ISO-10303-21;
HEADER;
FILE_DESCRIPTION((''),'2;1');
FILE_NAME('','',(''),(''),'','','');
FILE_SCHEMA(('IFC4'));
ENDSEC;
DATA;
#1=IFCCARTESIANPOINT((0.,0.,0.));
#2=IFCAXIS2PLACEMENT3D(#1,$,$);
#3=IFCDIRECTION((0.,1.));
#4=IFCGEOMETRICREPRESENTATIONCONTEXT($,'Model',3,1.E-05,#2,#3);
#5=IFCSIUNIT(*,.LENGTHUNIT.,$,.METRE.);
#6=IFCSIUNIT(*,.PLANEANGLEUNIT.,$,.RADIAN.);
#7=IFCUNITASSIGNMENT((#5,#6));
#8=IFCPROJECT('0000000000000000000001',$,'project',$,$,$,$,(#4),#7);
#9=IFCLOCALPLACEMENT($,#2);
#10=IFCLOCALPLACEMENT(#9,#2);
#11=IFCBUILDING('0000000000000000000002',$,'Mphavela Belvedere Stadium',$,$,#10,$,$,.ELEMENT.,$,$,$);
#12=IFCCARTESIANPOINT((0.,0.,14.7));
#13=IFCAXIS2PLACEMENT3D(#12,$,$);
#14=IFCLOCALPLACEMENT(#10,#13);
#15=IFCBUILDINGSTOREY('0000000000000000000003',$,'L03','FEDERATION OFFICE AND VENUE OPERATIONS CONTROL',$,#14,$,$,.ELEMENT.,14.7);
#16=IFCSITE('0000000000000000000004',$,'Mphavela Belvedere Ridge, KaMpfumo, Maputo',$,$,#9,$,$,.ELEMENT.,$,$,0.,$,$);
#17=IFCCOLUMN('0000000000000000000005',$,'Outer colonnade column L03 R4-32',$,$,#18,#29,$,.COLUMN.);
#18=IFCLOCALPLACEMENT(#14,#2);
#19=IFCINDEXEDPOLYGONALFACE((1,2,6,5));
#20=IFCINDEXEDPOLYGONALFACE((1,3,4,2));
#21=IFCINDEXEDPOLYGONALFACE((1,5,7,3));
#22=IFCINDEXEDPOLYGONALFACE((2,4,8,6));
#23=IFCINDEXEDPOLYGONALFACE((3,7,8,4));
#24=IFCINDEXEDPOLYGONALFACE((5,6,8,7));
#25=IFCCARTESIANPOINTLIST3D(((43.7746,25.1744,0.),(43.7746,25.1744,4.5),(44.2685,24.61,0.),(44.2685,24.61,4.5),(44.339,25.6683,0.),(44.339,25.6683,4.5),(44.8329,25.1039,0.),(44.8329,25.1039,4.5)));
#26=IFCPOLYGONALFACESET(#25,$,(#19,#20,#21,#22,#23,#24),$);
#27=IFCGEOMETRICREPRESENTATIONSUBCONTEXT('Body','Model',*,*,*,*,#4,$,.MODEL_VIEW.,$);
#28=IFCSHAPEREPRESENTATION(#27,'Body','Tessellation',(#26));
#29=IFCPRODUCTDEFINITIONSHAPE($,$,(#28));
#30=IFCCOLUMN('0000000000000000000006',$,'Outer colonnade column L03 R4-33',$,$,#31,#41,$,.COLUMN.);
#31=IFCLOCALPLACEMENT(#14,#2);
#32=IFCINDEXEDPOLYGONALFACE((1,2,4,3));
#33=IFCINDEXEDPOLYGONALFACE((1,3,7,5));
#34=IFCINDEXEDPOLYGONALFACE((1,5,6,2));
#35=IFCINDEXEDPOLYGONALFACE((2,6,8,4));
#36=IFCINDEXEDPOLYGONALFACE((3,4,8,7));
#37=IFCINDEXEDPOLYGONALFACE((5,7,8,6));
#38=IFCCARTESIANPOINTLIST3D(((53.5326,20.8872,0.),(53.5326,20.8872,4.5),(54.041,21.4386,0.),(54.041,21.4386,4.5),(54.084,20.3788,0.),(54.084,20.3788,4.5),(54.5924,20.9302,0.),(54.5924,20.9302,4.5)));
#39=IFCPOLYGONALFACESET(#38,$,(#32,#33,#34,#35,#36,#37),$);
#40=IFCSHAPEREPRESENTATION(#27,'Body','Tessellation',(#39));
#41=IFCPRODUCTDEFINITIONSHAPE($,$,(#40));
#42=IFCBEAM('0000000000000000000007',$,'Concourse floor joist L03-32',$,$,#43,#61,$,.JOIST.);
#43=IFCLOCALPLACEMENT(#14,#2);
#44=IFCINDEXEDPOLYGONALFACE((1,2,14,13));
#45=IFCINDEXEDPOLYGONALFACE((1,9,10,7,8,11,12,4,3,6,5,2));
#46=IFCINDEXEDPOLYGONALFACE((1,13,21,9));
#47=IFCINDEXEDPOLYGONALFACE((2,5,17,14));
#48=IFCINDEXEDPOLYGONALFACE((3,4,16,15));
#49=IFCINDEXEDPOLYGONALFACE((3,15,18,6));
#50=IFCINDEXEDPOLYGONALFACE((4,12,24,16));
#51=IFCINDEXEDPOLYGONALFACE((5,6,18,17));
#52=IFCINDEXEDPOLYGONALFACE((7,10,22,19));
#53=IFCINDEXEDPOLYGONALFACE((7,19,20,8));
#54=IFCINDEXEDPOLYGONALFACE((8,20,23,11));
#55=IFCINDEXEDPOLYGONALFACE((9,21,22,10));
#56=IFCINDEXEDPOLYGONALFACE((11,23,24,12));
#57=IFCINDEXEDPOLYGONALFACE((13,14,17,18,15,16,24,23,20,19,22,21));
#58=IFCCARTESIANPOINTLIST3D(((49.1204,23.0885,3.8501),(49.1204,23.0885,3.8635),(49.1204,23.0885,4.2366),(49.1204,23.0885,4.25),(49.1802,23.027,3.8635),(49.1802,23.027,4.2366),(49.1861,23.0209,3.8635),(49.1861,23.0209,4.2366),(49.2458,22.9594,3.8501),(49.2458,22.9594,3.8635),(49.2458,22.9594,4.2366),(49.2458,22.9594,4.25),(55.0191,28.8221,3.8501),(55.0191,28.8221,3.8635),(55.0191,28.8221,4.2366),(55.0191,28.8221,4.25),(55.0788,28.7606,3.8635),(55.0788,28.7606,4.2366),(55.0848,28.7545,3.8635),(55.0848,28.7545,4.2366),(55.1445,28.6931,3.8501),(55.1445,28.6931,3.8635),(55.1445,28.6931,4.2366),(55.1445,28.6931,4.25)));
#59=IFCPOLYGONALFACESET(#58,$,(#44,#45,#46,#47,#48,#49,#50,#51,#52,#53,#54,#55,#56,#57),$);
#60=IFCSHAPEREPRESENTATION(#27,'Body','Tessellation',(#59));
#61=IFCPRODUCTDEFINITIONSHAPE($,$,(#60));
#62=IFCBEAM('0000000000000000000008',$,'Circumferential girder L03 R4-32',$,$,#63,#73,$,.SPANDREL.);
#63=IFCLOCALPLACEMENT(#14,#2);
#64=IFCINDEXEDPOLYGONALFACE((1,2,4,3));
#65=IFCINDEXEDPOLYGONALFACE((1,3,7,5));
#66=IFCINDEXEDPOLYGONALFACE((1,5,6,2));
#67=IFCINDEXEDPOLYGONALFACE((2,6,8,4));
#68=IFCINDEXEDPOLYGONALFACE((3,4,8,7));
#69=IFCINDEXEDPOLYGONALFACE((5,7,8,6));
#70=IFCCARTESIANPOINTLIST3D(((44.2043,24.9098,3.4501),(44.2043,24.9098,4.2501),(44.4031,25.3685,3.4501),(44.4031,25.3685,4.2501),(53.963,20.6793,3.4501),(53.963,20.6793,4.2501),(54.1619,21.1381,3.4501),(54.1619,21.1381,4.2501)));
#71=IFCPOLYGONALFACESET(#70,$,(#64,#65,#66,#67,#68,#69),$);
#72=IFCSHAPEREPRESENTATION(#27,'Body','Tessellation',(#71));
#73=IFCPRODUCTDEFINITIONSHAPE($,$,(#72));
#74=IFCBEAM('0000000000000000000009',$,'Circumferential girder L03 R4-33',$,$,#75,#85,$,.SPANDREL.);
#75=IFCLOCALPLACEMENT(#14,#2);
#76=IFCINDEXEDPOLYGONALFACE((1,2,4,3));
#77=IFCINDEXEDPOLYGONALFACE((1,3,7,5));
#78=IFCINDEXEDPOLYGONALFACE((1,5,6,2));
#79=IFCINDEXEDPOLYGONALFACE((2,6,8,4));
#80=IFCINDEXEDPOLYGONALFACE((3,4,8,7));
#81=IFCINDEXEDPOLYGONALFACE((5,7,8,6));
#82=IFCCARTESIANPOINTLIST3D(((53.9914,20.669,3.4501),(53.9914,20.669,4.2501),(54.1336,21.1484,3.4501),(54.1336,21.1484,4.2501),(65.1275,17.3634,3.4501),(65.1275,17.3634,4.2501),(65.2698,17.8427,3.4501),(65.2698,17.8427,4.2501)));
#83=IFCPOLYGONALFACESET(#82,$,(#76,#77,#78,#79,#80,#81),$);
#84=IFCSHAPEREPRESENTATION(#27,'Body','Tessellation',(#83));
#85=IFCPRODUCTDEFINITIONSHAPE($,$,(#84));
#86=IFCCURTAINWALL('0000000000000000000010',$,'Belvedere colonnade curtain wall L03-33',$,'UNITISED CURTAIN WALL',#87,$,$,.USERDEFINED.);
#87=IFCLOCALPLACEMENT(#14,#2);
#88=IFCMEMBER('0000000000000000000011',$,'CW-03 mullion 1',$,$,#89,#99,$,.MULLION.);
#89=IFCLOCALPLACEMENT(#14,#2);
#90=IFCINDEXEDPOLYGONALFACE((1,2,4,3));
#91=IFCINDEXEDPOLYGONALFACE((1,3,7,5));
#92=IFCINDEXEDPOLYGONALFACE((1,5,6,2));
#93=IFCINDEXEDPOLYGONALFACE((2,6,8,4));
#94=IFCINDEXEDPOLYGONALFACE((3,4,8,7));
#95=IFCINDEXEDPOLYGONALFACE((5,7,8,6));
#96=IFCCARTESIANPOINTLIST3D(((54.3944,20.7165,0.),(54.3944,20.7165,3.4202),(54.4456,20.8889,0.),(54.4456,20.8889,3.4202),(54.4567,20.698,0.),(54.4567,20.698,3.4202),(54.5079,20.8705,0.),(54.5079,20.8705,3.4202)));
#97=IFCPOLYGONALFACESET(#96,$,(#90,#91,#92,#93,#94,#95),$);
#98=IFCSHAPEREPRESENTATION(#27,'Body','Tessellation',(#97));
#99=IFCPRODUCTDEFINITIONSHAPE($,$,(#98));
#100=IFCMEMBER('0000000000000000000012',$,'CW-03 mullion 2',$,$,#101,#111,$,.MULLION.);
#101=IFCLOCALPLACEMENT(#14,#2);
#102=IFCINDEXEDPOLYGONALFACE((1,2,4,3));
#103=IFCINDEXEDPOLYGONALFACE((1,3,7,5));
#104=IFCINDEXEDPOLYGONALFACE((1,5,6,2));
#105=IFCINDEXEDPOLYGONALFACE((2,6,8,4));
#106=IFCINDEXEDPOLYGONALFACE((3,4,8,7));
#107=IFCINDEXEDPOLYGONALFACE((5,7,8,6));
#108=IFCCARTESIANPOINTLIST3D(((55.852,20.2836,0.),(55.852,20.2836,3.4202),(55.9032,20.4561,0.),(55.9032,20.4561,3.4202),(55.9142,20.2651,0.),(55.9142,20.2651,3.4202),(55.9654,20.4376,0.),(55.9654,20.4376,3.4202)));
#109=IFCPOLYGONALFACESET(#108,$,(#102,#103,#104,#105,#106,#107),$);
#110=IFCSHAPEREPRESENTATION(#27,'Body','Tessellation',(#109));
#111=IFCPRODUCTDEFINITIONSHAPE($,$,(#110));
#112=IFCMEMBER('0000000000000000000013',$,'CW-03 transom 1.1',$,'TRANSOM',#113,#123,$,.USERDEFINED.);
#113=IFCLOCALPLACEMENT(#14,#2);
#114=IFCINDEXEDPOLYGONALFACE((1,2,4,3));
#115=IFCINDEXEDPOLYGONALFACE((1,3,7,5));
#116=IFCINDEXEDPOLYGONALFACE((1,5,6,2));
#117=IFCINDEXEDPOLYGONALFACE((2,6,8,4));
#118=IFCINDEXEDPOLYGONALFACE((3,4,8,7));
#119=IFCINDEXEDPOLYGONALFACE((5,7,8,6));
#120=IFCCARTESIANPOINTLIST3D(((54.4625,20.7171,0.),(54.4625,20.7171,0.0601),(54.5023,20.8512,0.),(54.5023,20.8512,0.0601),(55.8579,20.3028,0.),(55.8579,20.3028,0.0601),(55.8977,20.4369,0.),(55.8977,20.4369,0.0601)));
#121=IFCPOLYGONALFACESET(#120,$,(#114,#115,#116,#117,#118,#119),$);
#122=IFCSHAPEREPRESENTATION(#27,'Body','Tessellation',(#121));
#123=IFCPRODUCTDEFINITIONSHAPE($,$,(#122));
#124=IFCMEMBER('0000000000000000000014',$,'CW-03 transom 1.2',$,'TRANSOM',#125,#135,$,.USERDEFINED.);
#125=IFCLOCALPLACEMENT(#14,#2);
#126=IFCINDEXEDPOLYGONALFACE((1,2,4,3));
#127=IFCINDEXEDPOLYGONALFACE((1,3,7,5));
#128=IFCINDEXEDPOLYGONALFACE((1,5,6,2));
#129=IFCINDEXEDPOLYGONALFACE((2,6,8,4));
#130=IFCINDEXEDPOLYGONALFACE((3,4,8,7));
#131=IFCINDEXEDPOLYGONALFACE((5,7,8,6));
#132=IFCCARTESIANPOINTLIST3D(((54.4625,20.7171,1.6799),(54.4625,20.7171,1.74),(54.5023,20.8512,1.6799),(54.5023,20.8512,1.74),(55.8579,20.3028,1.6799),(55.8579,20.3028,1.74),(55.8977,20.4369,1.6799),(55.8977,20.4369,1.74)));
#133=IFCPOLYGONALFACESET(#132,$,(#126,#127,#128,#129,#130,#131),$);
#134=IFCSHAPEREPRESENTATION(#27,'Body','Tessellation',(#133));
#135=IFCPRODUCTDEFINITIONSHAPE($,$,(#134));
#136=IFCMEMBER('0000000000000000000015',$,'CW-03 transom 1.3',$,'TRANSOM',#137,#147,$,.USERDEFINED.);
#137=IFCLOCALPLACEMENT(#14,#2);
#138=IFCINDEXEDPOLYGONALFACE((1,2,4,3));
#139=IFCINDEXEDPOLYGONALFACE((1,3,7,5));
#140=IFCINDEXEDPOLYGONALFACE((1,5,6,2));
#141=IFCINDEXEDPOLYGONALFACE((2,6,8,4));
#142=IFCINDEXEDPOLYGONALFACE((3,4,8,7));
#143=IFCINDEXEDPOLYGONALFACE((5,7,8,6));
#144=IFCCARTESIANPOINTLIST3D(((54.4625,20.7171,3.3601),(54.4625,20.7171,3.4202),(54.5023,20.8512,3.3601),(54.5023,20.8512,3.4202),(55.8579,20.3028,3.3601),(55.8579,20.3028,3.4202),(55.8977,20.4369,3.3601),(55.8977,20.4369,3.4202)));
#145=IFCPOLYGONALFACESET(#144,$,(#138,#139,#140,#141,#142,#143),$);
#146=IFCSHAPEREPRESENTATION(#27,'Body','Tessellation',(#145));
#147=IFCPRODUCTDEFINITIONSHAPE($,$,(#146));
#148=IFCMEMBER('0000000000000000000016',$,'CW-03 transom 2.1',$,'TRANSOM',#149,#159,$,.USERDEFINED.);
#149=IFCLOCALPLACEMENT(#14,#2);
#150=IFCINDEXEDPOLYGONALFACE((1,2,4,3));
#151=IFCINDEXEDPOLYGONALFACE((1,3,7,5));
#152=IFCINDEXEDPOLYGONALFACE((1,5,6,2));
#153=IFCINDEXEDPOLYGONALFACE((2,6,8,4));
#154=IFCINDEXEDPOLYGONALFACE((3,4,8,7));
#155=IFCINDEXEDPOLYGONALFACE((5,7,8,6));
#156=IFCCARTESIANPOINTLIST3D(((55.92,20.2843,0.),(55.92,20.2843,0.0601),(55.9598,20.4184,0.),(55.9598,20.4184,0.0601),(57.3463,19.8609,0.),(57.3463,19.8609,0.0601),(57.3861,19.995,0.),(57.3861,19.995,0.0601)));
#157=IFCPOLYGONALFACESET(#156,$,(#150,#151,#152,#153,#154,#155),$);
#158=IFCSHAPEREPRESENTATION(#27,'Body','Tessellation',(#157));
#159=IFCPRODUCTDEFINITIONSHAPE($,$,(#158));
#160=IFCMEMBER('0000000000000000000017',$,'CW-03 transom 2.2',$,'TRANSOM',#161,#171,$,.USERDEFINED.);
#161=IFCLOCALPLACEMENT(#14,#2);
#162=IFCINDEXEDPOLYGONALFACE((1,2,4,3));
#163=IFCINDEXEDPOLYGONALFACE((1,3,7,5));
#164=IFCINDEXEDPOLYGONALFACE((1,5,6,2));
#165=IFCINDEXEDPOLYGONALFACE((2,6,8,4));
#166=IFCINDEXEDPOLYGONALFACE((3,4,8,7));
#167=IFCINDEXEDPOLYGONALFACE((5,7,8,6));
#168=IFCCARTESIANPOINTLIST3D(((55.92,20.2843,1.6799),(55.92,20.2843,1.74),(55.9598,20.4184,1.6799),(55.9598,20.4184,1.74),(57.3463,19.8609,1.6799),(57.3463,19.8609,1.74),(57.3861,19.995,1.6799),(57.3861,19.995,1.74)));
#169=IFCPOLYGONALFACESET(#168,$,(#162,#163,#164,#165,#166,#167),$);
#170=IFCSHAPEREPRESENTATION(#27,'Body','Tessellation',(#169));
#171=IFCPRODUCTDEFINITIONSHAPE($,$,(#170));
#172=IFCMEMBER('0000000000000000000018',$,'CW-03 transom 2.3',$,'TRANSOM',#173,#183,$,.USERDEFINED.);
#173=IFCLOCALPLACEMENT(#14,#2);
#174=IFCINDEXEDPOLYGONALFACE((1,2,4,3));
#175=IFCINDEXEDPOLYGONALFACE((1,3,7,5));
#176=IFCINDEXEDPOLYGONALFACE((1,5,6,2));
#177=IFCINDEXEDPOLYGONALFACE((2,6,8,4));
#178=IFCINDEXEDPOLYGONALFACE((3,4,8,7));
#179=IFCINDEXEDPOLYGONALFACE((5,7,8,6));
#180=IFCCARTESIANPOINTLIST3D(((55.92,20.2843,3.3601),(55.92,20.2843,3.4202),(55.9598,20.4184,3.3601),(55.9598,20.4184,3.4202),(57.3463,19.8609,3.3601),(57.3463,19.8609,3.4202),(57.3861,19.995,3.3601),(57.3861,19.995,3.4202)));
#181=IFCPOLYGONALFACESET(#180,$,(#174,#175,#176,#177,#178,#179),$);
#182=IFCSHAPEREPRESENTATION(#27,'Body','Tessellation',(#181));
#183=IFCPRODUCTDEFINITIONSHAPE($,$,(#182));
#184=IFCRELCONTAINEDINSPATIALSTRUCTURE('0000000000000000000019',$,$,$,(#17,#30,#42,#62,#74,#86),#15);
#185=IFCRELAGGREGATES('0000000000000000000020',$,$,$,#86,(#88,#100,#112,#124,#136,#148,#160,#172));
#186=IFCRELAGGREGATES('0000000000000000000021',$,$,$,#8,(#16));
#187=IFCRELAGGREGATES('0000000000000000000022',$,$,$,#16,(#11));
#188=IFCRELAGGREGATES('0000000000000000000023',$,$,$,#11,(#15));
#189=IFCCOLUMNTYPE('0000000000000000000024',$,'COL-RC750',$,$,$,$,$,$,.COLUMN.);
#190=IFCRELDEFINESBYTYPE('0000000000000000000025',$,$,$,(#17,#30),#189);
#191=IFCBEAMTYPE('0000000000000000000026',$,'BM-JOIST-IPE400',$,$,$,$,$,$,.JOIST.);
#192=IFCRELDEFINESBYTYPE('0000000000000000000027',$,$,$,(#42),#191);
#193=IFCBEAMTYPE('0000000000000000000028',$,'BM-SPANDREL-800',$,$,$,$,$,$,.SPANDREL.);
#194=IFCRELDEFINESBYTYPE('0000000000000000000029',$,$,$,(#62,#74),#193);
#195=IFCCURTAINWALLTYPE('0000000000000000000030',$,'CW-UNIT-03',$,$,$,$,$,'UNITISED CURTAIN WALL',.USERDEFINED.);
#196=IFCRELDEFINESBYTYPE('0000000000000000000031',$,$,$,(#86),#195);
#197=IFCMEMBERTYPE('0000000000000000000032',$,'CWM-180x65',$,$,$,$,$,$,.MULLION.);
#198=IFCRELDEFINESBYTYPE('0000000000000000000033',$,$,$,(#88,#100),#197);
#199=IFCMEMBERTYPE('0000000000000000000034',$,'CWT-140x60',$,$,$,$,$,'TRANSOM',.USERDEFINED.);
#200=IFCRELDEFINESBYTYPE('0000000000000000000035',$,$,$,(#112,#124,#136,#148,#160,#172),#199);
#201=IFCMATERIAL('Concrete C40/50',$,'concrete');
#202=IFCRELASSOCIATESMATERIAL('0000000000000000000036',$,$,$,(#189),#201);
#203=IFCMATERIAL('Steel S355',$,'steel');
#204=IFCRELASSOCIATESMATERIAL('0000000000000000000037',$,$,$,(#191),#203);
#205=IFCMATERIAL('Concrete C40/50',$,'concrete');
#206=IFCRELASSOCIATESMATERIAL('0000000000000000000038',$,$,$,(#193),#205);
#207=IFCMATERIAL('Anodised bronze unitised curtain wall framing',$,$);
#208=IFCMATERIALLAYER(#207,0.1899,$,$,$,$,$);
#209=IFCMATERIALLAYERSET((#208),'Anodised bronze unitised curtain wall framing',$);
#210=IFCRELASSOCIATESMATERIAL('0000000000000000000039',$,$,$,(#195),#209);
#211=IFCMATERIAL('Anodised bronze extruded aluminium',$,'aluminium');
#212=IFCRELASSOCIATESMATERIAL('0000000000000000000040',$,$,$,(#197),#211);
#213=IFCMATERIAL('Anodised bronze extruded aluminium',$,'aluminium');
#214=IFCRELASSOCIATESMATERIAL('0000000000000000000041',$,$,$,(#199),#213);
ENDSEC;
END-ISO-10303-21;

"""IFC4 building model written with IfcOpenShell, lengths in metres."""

from ifc_helpers import new_model, si_unit, direction, frame, origin, origin_2d, place, context, subcontext, project, spatial, rectangle, i_section, extrude, material, layer, layer_set, material_profile, profile_set, type_object, element, aggregate, save


model = new_model("IFC4")

# Units and contexts
model_context = context("Model", 3, precision=1e-05, world=origin(), true_north=direction((0.0, 1.0)))
body_context = subcontext(model_context, "Body", "Model", "MODEL_VIEW")
ifc_project = project(units=[si_unit("LENGTHUNIT", "METRE"), si_unit("PLANEANGLEUNIT", "RADIAN")], contexts=[model_context])

# Site, building, storey
site_placement = place(None, origin())
site = spatial("IfcSite", under=ifc_project, at=site_placement, Name="Mphavela Belvedere Ridge, KaMpfumo, Maputo", CompositionType="ELEMENT", RefElevation=0.0)
building_placement = place(site_placement, origin())
building = spatial("IfcBuilding", under=site, at=building_placement, Name="Mphavela Belvedere Stadium", CompositionType="ELEMENT")
storey_placement = place(building_placement, frame((0.0, 0.0, 14.7)))
storey = spatial("IfcBuildingStorey", under=building, at=storey_placement, Name="L03", Description="FEDERATION OFFICE AND VENUE OPERATIONS CONTROL", CompositionType="ELEMENT", Elevation=14.7)

# Columns
ifc_material_1 = material(Name="Concrete C40/50", Category="concrete")
ifc_material_profile_1 = material_profile(ifc_material_1, rectangle(XDim=0.75, YDim=0.75, at=origin_2d()), Name="RC 750x750")
ifc_profile_set_1 = profile_set([ifc_material_profile_1], Name="Concrete C40/50")
column_type = type_object("IfcColumnType", Name="COL-RC750", PredefinedType="COLUMN", material=ifc_profile_set_1)
for number, where, z_axis, x_axis, name in (
    (1, (44.3037, 25.1392, 0.0), (0.0, 0.0, 1.0), (-0.75253, -0.658558, 0.0), "Outer colonnade column L03 R4-32"),
    (2, (54.0625, 20.9087, 0.0), (0.0, 0.0, 1.0), (-0.677903, -0.735151, 0.0), "Outer colonnade column L03 R4-33"),
):
    element("IfcColumn", number, at=place(storey_placement, frame(where, z_axis=z_axis, x_axis=x_axis)), inside=storey, type_object=column_type, Name=name, PredefinedType="COLUMN", context=body_context, shape_type="SweptSolid", body=[
        extrude(rectangle(XDim=0.75, YDim=0.75, at=origin_2d()), origin(), (0.0, 0.0, 1.0), 4.5),
    ])

# Beams
ifc_material_2 = material(Name="Steel S355", Category="steel")
ifc_material_profile_2 = material_profile(ifc_material_2, i_section(OverallWidth=0.1799, OverallDepth=0.3999, WebThickness=0.0085, FlangeThickness=0.0134, at=origin_2d()), Name="IPE 400")
ifc_profile_set_2 = profile_set([ifc_material_profile_2], Name="Steel S355")
beam_type_1 = type_object("IfcBeamType", Name="BM-JOIST-IPE400", PredefinedType="JOIST", material=ifc_profile_set_2)
beam_1_placement = place(storey_placement, frame((55.0818, 28.7576, 4.05), z_axis=(-0.717067, -0.697004, 0.0), x_axis=(0.697004, -0.717067, 0.0)))
element("IfcBeam", 3, at=beam_1_placement, inside=storey, type_object=beam_type_1, Name="Concourse floor joist L03-32", PredefinedType="JOIST", context=body_context, shape_type="SweptSolid", body=[
    extrude(i_section(OverallWidth=0.1799, OverallDepth=0.3999, WebThickness=0.0085, FlangeThickness=0.0134, at=origin_2d()), origin(), (0.0, 0.0, 1.0), 8.2261),
])
ifc_material_3 = material(Name="Concrete C40/50", Category="concrete")
ifc_material_profile_3 = material_profile(ifc_material_3, rectangle(XDim=0.5, YDim=0.8, at=origin_2d()), Name="RC 500x800")
ifc_profile_set_3 = profile_set([ifc_material_profile_3], Name="Concrete C40/50")
beam_type_2 = type_object("IfcBeamType", Name="BM-SPANDREL-800", PredefinedType="SPANDREL", material=ifc_profile_set_3)
beam_2_placement = place(storey_placement, frame((44.3037, 25.1392, 3.8501), z_axis=(0.917499, -0.397739, 0.0), x_axis=(0.397739, 0.917499, 0.0)))
element("IfcBeam", 4, at=beam_2_placement, inside=storey, type_object=beam_type_2, Name="Circumferential girder L03 R4-32", PredefinedType="SPANDREL", context=body_context, shape_type="SweptSolid", body=[
    extrude(rectangle(XDim=0.5, YDim=0.8, at=origin_2d()), origin(), (0.0, 0.0, 1.0), 10.6362),
])
beam_3_placement = place(storey_placement, frame((54.0625, 20.9087, 3.8501), z_axis=(0.958656, -0.284566, 0.0), x_axis=(0.284566, 0.958656, 0.0)))
element("IfcBeam", 5, at=beam_3_placement, inside=storey, type_object=beam_type_2, Name="Circumferential girder L03 R4-33", PredefinedType="SPANDREL", context=body_context, shape_type="SweptSolid", body=[
    extrude(rectangle(XDim=0.5, YDim=0.8, at=origin_2d()), origin(), (0.0, 0.0, 1.0), 11.6165),
])

# Curtain wall, members
ifc_material_4 = material(Name="Anodised bronze unitised curtain wall framing")
ifc_layer_1 = layer(ifc_material_4, 0.1899)
ifc_layer_set_1 = layer_set([ifc_layer_1], Name="Anodised bronze unitised curtain wall framing")
curtain_wall_type = type_object("IfcCurtainWallType", Name="CW-UNIT-03", ElementType="UNITISED CURTAIN WALL", PredefinedType="USERDEFINED", material=ifc_layer_set_1)
curtain_wall_placement = place(storey_placement, origin())
curtain_wall = element("IfcCurtainWall", 6, at=curtain_wall_placement, inside=storey, type_object=curtain_wall_type, Name="Belvedere colonnade curtain wall L03-33", ObjectType="UNITISED CURTAIN WALL", PredefinedType="USERDEFINED")
ifc_material_5 = material(Name="Anodised bronze extruded aluminium", Category="aluminium")
ifc_material_profile_4 = material_profile(ifc_material_5, rectangle(XDim=0.1799, YDim=0.0649, at=origin_2d()), Name="CW-MUL 180x65")
ifc_profile_set_4 = profile_set([ifc_material_profile_4], Name="Anodised bronze extruded aluminium")
member_type_1 = type_object("IfcMemberType", Name="CWM-180x65", PredefinedType="MULLION", material=ifc_profile_set_4)
member_1_placement = place(storey_placement, frame((54.4512, 20.7935, 0.0), z_axis=(0.0, 0.0, 1.0), x_axis=(0.284565, 0.958657, 0.0)))
member_1 = element("IfcMember", 7, at=member_1_placement, type_object=member_type_1, Name="CW-03 mullion 1", PredefinedType="MULLION", context=body_context, shape_type="SweptSolid", body=[
    extrude(rectangle(XDim=0.1799, YDim=0.0649, at=origin_2d()), origin(), (0.0, 0.0, 1.0), 3.4202),
])
member_2_placement = place(storey_placement, frame((55.9087, 20.3606, 0.0), z_axis=(0.0, 0.0, 1.0), x_axis=(0.284565, 0.958657, 0.0)))
member_2 = element("IfcMember", 8, at=member_2_placement, type_object=member_type_1, Name="CW-03 mullion 2", PredefinedType="MULLION", context=body_context, shape_type="SweptSolid", body=[
    extrude(rectangle(XDim=0.1799, YDim=0.0649, at=origin_2d()), origin(), (0.0, 0.0, 1.0), 3.4202),
])
ifc_material_6 = material(Name="Anodised bronze extruded aluminium", Category="aluminium")
ifc_material_profile_5 = material_profile(ifc_material_6, rectangle(XDim=0.1399, YDim=0.0601, at=origin_2d()), Name="CW-TRN 140x60")
ifc_profile_set_5 = profile_set([ifc_material_profile_5], Name="Anodised bronze extruded aluminium")
member_type_2 = type_object("IfcMemberType", Name="CWT-140x60", ElementType="TRANSOM", PredefinedType="USERDEFINED", material=ifc_profile_set_5)
member_3_placement = place(storey_placement, frame((54.4824, 20.7842, 0.03), z_axis=(0.95863, -0.284654, 0.0), x_axis=(0.284654, 0.95863, 0.0)))
member_3 = element("IfcMember", 9, at=member_3_placement, type_object=member_type_2, Name="CW-03 transom 1.1", ObjectType="TRANSOM", PredefinedType="USERDEFINED", context=body_context, shape_type="SweptSolid", body=[
    extrude(rectangle(XDim=0.1399, YDim=0.0601, at=origin_2d()), origin(), (0.0, 0.0, 1.0), 1.4556),
])
member_4_placement = place(storey_placement, frame((54.4824, 20.7842, 1.71), z_axis=(0.95863, -0.284654, 0.0), x_axis=(0.284654, 0.95863, 0.0)))
member_4 = element("IfcMember", 10, at=member_4_placement, type_object=member_type_2, Name="CW-03 transom 1.2", ObjectType="TRANSOM", PredefinedType="USERDEFINED", context=body_context, shape_type="SweptSolid", body=[
    extrude(rectangle(XDim=0.1399, YDim=0.0601, at=origin_2d()), origin(), (0.0, 0.0, 1.0), 1.4556),
])
member_5_placement = place(storey_placement, frame((54.4824, 20.7842, 3.3901), z_axis=(0.95863, -0.284654, 0.0), x_axis=(0.284654, 0.95863, 0.0)))
member_5 = element("IfcMember", 11, at=member_5_placement, type_object=member_type_2, Name="CW-03 transom 1.3", ObjectType="TRANSOM", PredefinedType="USERDEFINED", context=body_context, shape_type="SweptSolid", body=[
    extrude(rectangle(XDim=0.1399, YDim=0.0601, at=origin_2d()), origin(), (0.0, 0.0, 1.0), 1.4556),
])
member_6_placement = place(storey_placement, frame((55.9399, 20.3513, 0.03), z_axis=(0.958662, -0.284546, 0.0), x_axis=(0.284546, 0.958662, 0.0)))
member_6 = element("IfcMember", 12, at=member_6_placement, type_object=member_type_2, Name="CW-03 transom 2.1", ObjectType="TRANSOM", PredefinedType="USERDEFINED", context=body_context, shape_type="SweptSolid", body=[
    extrude(rectangle(XDim=0.1399, YDim=0.0601, at=origin_2d()), origin(), (0.0, 0.0, 1.0), 1.4878),
])
member_7_placement = place(storey_placement, frame((55.9399, 20.3513, 1.71), z_axis=(0.958662, -0.284546, 0.0), x_axis=(0.284546, 0.958662, 0.0)))
member_7 = element("IfcMember", 13, at=member_7_placement, type_object=member_type_2, Name="CW-03 transom 2.2", ObjectType="TRANSOM", PredefinedType="USERDEFINED", context=body_context, shape_type="SweptSolid", body=[
    extrude(rectangle(XDim=0.1399, YDim=0.0601, at=origin_2d()), origin(), (0.0, 0.0, 1.0), 1.4878),
])
member_8_placement = place(storey_placement, frame((55.9399, 20.3513, 3.3901), z_axis=(0.958662, -0.284546, 0.0), x_axis=(0.284546, 0.958662, 0.0)))
member_8 = element("IfcMember", 14, at=member_8_placement, type_object=member_type_2, Name="CW-03 transom 2.3", ObjectType="TRANSOM", PredefinedType="USERDEFINED", context=body_context, shape_type="SweptSolid", body=[
    extrude(rectangle(XDim=0.1399, YDim=0.0601, at=origin_2d()), origin(), (0.0, 0.0, 1.0), 1.4878),
])
aggregate(curtain_wall, [member_1, member_2, member_3, member_4, member_5, member_6, member_7, member_8])

save(model, "model.ifc")
